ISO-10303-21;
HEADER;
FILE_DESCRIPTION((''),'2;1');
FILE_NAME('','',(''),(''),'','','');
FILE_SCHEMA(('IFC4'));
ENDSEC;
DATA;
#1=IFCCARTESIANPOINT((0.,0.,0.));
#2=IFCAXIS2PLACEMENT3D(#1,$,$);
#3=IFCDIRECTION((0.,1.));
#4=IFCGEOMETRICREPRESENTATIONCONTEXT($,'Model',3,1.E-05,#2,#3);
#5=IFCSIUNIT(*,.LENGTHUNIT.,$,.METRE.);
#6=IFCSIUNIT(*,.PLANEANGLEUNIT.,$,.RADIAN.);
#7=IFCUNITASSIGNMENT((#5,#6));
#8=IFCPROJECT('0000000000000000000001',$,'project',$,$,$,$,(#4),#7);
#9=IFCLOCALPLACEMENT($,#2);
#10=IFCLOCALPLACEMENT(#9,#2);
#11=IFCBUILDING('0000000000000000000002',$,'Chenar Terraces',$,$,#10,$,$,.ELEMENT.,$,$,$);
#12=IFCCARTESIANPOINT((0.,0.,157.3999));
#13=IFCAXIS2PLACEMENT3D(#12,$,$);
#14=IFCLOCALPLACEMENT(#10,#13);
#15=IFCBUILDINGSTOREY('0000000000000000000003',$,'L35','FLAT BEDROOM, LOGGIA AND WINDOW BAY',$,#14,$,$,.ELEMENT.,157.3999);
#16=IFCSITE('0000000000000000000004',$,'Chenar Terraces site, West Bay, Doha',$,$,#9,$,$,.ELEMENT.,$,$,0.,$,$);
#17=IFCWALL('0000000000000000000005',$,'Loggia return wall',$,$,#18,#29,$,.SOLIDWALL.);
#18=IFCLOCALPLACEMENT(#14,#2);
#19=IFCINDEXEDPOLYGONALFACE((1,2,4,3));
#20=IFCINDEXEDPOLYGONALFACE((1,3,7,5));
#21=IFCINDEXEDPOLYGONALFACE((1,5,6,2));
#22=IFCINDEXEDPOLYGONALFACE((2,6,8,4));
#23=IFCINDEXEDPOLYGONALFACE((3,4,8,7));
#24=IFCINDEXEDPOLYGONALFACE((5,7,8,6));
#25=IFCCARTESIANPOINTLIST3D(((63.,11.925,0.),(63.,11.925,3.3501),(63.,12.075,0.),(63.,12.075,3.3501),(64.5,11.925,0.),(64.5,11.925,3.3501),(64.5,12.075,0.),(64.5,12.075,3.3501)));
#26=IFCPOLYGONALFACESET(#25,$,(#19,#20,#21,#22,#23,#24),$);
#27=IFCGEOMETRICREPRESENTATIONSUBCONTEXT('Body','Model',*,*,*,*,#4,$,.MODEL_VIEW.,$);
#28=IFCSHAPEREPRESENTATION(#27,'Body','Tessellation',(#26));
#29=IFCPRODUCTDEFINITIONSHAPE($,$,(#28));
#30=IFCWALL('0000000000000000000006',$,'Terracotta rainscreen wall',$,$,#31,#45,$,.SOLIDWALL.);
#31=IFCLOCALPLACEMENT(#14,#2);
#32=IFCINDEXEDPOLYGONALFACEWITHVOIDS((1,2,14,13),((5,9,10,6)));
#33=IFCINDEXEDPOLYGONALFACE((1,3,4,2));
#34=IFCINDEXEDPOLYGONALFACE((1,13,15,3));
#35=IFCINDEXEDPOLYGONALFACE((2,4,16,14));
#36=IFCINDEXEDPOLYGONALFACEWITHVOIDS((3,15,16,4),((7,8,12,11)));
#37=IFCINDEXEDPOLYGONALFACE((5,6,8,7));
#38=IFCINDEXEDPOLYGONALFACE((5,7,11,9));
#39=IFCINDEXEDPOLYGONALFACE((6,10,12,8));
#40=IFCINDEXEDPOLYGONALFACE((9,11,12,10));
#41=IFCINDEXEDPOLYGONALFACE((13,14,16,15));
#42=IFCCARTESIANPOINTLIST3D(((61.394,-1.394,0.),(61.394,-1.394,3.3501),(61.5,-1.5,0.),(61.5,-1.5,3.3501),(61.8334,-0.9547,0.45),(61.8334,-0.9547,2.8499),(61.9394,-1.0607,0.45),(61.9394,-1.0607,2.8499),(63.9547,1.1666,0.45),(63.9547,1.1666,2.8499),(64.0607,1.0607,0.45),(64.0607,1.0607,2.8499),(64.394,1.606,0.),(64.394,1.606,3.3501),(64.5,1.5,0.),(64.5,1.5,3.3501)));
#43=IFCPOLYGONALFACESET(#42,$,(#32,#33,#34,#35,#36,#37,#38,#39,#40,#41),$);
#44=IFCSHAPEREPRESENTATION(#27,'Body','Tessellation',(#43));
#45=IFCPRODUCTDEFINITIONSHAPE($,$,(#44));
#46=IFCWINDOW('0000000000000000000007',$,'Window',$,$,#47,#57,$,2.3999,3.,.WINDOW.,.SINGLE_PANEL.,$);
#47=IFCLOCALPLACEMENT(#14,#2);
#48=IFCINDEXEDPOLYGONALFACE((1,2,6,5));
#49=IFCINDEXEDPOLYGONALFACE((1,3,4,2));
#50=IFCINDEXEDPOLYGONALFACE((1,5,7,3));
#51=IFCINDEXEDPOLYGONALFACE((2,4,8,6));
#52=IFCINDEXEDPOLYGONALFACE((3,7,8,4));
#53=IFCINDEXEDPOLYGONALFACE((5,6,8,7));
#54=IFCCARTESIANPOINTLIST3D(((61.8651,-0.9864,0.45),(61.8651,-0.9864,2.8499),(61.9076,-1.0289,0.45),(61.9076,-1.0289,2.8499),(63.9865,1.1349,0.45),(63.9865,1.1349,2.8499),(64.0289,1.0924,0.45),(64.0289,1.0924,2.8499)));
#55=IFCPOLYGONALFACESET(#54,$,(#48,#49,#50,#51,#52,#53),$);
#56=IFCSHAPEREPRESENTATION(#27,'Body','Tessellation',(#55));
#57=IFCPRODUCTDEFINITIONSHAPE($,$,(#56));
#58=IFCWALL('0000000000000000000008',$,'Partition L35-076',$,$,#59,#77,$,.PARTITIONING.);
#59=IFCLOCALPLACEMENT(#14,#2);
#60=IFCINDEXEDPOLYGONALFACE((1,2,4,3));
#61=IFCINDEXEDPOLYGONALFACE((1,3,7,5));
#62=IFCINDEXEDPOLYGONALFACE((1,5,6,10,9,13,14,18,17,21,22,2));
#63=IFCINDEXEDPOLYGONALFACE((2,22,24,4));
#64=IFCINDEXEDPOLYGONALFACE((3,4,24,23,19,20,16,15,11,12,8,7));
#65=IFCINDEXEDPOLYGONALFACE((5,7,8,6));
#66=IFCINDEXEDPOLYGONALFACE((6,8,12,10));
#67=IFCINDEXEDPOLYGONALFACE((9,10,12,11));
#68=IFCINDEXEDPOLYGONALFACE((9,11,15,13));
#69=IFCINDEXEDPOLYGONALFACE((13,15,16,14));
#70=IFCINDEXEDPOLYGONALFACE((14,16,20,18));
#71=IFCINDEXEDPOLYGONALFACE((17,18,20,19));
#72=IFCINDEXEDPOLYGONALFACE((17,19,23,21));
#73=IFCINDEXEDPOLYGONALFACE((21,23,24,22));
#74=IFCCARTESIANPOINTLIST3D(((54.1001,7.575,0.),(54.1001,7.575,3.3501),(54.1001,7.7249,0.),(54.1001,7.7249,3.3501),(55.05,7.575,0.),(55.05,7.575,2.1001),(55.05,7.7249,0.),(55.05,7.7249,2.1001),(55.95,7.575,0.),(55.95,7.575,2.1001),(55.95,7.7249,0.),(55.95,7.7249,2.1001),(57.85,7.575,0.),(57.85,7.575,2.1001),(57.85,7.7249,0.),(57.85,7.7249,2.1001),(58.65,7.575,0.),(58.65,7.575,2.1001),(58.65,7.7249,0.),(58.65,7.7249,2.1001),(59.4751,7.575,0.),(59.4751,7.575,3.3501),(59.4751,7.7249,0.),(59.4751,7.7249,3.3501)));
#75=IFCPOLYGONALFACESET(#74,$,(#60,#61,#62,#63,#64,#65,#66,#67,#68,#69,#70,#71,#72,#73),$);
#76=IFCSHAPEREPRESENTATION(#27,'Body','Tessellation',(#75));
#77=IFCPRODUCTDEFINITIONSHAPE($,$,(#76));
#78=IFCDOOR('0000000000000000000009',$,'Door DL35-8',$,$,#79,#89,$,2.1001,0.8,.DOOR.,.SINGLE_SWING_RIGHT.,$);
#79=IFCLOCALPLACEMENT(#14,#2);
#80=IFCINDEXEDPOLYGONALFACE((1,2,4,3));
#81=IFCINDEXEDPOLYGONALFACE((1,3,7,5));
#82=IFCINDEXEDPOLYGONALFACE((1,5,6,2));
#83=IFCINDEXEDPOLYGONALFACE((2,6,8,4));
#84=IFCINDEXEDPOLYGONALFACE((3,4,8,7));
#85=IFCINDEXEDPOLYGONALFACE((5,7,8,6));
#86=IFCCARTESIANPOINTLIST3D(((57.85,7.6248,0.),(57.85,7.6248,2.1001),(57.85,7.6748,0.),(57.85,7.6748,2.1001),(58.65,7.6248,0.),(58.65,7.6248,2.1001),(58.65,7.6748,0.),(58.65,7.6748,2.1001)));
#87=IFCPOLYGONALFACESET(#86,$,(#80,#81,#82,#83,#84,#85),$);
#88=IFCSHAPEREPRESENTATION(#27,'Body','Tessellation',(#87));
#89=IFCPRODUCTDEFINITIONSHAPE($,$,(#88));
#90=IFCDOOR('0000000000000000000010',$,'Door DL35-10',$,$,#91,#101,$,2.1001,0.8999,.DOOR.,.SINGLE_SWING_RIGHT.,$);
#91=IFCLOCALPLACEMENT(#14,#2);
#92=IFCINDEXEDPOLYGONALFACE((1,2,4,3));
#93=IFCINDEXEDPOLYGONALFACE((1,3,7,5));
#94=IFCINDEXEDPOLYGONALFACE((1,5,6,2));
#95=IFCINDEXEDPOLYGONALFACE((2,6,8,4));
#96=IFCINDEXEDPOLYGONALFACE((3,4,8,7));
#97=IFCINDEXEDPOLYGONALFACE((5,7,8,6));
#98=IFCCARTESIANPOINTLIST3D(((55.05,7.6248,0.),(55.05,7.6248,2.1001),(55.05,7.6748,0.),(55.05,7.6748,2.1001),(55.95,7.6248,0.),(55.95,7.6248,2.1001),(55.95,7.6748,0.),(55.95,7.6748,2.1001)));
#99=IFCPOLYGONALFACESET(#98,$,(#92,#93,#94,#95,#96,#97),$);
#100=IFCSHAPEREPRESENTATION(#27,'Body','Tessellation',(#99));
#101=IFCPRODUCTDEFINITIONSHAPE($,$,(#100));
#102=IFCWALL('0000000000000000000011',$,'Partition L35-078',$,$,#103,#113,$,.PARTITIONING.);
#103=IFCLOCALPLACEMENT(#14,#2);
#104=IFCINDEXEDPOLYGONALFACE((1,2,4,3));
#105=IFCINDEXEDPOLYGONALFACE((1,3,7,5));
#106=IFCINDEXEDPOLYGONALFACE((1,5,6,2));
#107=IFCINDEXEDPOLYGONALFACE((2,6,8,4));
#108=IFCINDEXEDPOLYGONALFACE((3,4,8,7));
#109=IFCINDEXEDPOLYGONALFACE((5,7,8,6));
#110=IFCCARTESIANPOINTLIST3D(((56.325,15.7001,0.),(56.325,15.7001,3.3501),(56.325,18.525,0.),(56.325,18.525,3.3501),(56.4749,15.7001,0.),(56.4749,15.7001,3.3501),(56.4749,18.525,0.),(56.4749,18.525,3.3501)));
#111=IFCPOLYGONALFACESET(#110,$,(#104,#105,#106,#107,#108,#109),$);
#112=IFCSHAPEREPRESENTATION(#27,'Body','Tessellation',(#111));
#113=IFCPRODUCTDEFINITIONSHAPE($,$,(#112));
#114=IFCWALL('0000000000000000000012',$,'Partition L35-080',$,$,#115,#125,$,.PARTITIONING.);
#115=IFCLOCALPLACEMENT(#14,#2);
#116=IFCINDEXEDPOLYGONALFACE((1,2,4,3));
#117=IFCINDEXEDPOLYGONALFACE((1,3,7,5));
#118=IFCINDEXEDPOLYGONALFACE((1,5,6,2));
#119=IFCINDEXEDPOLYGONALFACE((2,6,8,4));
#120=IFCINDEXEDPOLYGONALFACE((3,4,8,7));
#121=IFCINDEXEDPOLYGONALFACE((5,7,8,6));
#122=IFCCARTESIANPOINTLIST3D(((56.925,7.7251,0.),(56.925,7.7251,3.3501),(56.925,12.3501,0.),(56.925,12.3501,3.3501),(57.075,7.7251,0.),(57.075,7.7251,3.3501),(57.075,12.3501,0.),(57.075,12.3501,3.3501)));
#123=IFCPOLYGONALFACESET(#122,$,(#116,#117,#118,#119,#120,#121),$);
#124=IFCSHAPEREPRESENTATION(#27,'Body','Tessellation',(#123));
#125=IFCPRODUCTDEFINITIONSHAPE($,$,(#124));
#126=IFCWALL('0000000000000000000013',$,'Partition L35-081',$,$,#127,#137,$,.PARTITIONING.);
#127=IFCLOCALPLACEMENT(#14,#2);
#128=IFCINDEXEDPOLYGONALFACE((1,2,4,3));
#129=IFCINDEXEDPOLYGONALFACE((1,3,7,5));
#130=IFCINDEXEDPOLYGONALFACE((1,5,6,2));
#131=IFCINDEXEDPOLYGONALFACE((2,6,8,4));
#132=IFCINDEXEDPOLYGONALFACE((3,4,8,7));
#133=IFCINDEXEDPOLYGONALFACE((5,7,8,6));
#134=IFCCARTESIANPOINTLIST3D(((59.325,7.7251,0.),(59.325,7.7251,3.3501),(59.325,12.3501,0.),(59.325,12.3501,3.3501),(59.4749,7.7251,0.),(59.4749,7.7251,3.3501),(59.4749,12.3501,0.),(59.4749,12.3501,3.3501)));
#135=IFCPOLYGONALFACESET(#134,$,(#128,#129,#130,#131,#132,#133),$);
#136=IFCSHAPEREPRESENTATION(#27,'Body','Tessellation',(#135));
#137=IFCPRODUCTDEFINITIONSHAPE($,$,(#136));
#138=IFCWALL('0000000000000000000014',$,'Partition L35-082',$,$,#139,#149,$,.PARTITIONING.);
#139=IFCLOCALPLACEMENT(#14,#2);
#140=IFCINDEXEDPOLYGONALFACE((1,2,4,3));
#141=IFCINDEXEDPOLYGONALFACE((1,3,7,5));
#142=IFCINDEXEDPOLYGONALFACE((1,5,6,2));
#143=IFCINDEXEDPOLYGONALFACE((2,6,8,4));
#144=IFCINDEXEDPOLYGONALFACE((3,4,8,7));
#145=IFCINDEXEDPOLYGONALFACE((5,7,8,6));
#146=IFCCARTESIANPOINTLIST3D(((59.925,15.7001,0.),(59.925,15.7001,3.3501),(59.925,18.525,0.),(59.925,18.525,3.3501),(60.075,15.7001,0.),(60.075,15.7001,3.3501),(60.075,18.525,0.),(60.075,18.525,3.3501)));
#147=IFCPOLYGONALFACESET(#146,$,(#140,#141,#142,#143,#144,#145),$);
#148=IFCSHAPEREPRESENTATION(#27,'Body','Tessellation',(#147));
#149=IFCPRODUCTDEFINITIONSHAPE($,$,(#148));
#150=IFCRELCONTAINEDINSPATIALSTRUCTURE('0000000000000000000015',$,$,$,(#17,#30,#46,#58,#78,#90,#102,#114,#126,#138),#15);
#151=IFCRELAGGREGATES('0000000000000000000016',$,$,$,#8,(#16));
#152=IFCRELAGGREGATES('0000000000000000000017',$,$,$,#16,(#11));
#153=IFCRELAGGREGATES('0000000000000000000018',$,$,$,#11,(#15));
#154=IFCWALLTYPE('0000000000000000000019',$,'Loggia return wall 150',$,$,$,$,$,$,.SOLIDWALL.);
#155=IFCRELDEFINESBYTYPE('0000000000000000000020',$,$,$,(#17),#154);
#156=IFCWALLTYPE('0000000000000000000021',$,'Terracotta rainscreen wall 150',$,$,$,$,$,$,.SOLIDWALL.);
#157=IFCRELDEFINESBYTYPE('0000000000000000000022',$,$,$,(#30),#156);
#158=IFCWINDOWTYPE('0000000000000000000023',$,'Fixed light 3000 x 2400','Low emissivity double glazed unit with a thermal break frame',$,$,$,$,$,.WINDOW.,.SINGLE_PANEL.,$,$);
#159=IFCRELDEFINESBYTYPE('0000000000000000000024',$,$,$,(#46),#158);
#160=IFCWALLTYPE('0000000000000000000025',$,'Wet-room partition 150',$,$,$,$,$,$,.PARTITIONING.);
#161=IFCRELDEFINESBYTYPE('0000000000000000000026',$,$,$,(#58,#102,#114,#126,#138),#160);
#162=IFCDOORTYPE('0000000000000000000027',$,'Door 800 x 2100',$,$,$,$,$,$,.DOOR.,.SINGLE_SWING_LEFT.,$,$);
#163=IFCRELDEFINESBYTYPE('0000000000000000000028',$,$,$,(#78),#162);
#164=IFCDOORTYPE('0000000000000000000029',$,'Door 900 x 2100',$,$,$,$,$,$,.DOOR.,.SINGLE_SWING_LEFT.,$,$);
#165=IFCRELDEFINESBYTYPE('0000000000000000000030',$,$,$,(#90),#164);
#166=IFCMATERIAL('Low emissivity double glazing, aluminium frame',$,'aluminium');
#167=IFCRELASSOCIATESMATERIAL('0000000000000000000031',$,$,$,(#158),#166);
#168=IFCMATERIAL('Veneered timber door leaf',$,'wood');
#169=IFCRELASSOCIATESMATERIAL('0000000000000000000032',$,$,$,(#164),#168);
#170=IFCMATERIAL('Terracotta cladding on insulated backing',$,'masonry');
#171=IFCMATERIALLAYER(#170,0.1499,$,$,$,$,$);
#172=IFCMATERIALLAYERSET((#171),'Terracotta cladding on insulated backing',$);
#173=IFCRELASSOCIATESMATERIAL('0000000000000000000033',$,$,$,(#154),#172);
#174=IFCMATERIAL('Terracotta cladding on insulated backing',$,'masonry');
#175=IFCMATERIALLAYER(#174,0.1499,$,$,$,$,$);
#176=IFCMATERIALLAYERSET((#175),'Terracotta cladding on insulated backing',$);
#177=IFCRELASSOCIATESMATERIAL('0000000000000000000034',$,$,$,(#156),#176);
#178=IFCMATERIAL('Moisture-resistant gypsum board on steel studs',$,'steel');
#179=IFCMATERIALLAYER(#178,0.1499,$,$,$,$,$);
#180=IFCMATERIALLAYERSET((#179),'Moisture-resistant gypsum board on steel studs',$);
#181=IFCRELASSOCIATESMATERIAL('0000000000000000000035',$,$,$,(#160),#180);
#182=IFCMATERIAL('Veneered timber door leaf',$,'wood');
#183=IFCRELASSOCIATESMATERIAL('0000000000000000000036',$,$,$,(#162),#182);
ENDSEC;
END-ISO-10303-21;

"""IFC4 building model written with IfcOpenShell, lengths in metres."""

from ifc_helpers import new_model, si_unit, direction, frame, frame_2d, origin, place, context, subcontext, project, spatial, rectangle, extrude, material, layer, layer_set, type_object, element, fill, save


model = new_model("IFC4")

# Units and contexts
model_context = context("Model", 3, precision=1e-05, world=origin(), true_north=direction((0.0, 1.0)))
body_context = subcontext(model_context, "Body", "Model", "MODEL_VIEW")
ifc_project = project(units=[si_unit("LENGTHUNIT", "METRE"), si_unit("PLANEANGLEUNIT", "RADIAN")], contexts=[model_context])

# Site, building, storey
site_placement = place(None, origin())
site = spatial("IfcSite", under=ifc_project, at=site_placement, Name="Chenar Terraces site, West Bay, Doha", CompositionType="ELEMENT", RefElevation=0.0)
building_placement = place(site_placement, origin())
building = spatial("IfcBuilding", under=site, at=building_placement, Name="Chenar Terraces", CompositionType="ELEMENT")
storey_placement = place(building_placement, frame((0.0, 0.0, 157.3999)))
storey = spatial("IfcBuildingStorey", under=building, at=storey_placement, Name="L35", Description="FLAT BEDROOM, LOGGIA AND WINDOW BAY", CompositionType="ELEMENT", Elevation=157.3999)

# Shared definitions
ifc_material_1 = material(Name="Low emissivity double glazing, aluminium frame", Category="aluminium")
window_type_1 = type_object("IfcWindowType", Name="Fixed light 3000 x 2400", Description="Low emissivity double glazed unit with a thermal break frame", PartitioningType="SINGLE_PANEL", PredefinedType="WINDOW", material=ifc_material_1)

# Shared definitions
ifc_material_2 = material(Name="Veneered timber door leaf", Category="wood")
door_type_1 = type_object("IfcDoorType", Name="Door 900 x 2100", OperationType="SINGLE_SWING_LEFT", PredefinedType="DOOR", material=ifc_material_2)

# Wall
ifc_material_3 = material(Name="Terracotta cladding on insulated backing", Category="masonry")
ifc_layer_1 = layer(ifc_material_3, 0.1499)
ifc_layer_set_1 = layer_set([ifc_layer_1], Name="Terracotta cladding on insulated backing")
wall_type_1 = type_object("IfcWallType", Name="Loggia return wall 150", PredefinedType="SOLIDWALL", material=ifc_layer_set_1)
for number, where, z_axis, x_axis, name in (
    (1, (64.5, 12.0, 0.0), (0.0, 0.0, 1.0), (-1.0, 0.0, 0.0), "Loggia return wall"),
):
    element("IfcWall", number, at=place(storey_placement, frame(where, z_axis=z_axis, x_axis=x_axis)), inside=storey, type_object=wall_type_1, Name=name, PredefinedType="SOLIDWALL", context=body_context, shape_type="SweptSolid", body=[
        extrude(rectangle(XDim=1.5, YDim=0.1499, at=frame_2d((0.75, 0.0))), origin(), (0.0, 0.0, 1.0), 3.3501),
    ])

# Wall, opening, window
ifc_material_4 = material(Name="Terracotta cladding on insulated backing", Category="masonry")
ifc_layer_2 = layer(ifc_material_4, 0.1499)
ifc_layer_set_2 = layer_set([ifc_layer_2], Name="Terracotta cladding on insulated backing")
wall_type_2 = type_object("IfcWallType", Name="Terracotta rainscreen wall 150", PredefinedType="SOLIDWALL", material=ifc_layer_set_2)
wall_1_placement = place(storey_placement, frame((61.447, -1.447, 0.0), z_axis=(0.0, 0.0, 1.0), x_axis=(0.707107, 0.707107, 0.0)))
wall_1 = element("IfcWall", 2, at=wall_1_placement, inside=storey, type_object=wall_type_2, Name="Terracotta rainscreen wall", PredefinedType="SOLIDWALL", context=body_context, shape_type="SweptSolid", body=[
    extrude(rectangle(XDim=4.2427, YDim=0.1499, at=frame_2d((2.1213, 0.0))), origin(), (0.0, 0.0, 1.0), 3.3501),
])
opening_1_placement = place(wall_1_placement, frame((0.6213, 0.0, 0.45)))
opening_1 = element("IfcOpeningElement", 3, at=opening_1_placement, cuts=wall_1, PredefinedType="OPENING", context=body_context, shape_type="SweptSolid", body=[
    extrude(rectangle(XDim=3.0, YDim=2.3999, at=frame_2d((1.5, 1.2))), frame((0.0, 0.085, 0.0), z_axis=(0.0, -1.0, 0.0), x_axis=(1.0, 0.0, 0.0)), (0.0, 0.0, 1.0), 0.1699),
])
window_1_placement = place(opening_1_placement, origin())
window_1 = element("IfcWindow", 4, at=window_1_placement, inside=storey, type_object=window_type_1, Name="Window", OverallHeight=2.3999, OverallWidth=3.0, PartitioningType="SINGLE_PANEL", PredefinedType="WINDOW", context=body_context, shape_type="SweptSolid", body=[
    extrude(rectangle(XDim=3.0, YDim=2.3999, at=frame_2d((1.5, 1.2))), frame((0.0, 0.03, 0.0), z_axis=(0.0, -1.0, 0.0), x_axis=(1.0, 0.0, 0.0)), (0.0, 0.0, 1.0), 0.0601),
])
fill(opening_1, window_1)

# Wall, openings, doors
ifc_material_5 = material(Name="Moisture-resistant gypsum board on steel studs", Category="steel")
ifc_layer_3 = layer(ifc_material_5, 0.1499)
ifc_layer_set_3 = layer_set([ifc_layer_3], Name="Moisture-resistant gypsum board on steel studs")
wall_type_3 = type_object("IfcWallType", Name="Wet-room partition 150", PredefinedType="PARTITIONING", material=ifc_layer_set_3)
wall_2_placement = place(storey_placement, frame((54.1001, 7.6499, 0.0), z_axis=(0.0, 0.0, 1.0), x_axis=(1.0, 0.0, 0.0)))
wall_2 = element("IfcWall", 5, at=wall_2_placement, inside=storey, type_object=wall_type_3, Name="Partition L35-076", PredefinedType="PARTITIONING", context=body_context, shape_type="SweptSolid", body=[
    extrude(rectangle(XDim=5.375, YDim=0.1499, at=frame_2d((2.6875, 0.0))), origin(), (0.0, 0.0, 1.0), 3.3501),
])
opening_2_placement = place(wall_2_placement, frame((3.75, 0.0, 0.0)))
opening_2 = element("IfcOpeningElement", 6, at=opening_2_placement, cuts=wall_2, PredefinedType="OPENING", context=body_context, shape_type="SweptSolid", body=[
    extrude(rectangle(XDim=0.8, YDim=2.1001, at=frame_2d((0.3999, 1.05))), frame((0.0, 0.085, 0.0), z_axis=(0.0, -1.0, 0.0), x_axis=(1.0, 0.0, 0.0)), (0.0, 0.0, 1.0), 0.1699),
])
opening_3_placement = place(wall_2_placement, frame((0.95, 0.0, 0.0)))
opening_3 = element("IfcOpeningElement", 7, at=opening_3_placement, cuts=wall_2, PredefinedType="OPENING", context=body_context, shape_type="SweptSolid", body=[
    extrude(rectangle(XDim=0.8999, YDim=2.1001, at=frame_2d((0.45, 1.05))), frame((0.0, 0.085, 0.0), z_axis=(0.0, -1.0, 0.0), x_axis=(1.0, 0.0, 0.0)), (0.0, 0.0, 1.0), 0.1699),
])
ifc_material_6 = material(Name="Veneered timber door leaf", Category="wood")
door_type_2 = type_object("IfcDoorType", Name="Door 800 x 2100", OperationType="SINGLE_SWING_LEFT", PredefinedType="DOOR", material=ifc_material_6)
door_1_placement = place(opening_2_placement, origin())
door_1 = element("IfcDoor", 8, at=door_1_placement, inside=storey, type_object=door_type_2, Name="Door DL35-8", OperationType="SINGLE_SWING_RIGHT", OverallHeight=2.1001, OverallWidth=0.8, PredefinedType="DOOR", context=body_context, shape_type="SweptSolid", body=[
    extrude(rectangle(XDim=0.8, YDim=2.1001, at=frame_2d((0.3999, 1.05))), frame((0.0, 0.0249, 0.0), z_axis=(0.0, -1.0, 0.0), x_axis=(1.0, 0.0, 0.0)), (0.0, 0.0, 1.0), 0.05),
])
fill(opening_2, door_1)
door_2_placement = place(opening_3_placement, origin())
door_2 = element("IfcDoor", 9, at=door_2_placement, inside=storey, type_object=door_type_1, Name="Door DL35-10", OperationType="SINGLE_SWING_RIGHT", OverallHeight=2.1001, OverallWidth=0.8999, PredefinedType="DOOR", context=body_context, shape_type="SweptSolid", body=[
    extrude(rectangle(XDim=0.8999, YDim=2.1001, at=frame_2d((0.45, 1.05))), frame((0.0, 0.0249, 0.0), z_axis=(0.0, -1.0, 0.0), x_axis=(1.0, 0.0, 0.0)), (0.0, 0.0, 1.0), 0.05),
])
fill(opening_3, door_2)

# Walls
wall_3_placement = place(storey_placement, frame((56.3999, 15.7, 0.0), z_axis=(0.0, 0.0, 1.0), x_axis=(0.0, 1.0, 0.0)))
element("IfcWall", 10, at=wall_3_placement, inside=storey, type_object=wall_type_3, Name="Partition L35-078", PredefinedType="PARTITIONING", context=body_context, shape_type="SweptSolid", body=[
    extrude(rectangle(XDim=2.825, YDim=0.1499, at=frame_2d((1.4126, 0.0))), origin(), (0.0, 0.0, 1.0), 3.3501),
])
for number, where, z_axis, x_axis, name in (
    (11, (57.0, 7.7251, 0.0), (0.0, 0.0, 1.0), (0.0, 1.0, 0.0), "Partition L35-080"),
    (12, (59.3999, 7.7251, 0.0), (0.0, 0.0, 1.0), (0.0, 1.0, 0.0), "Partition L35-081"),
):
    element("IfcWall", number, at=place(storey_placement, frame(where, z_axis=z_axis, x_axis=x_axis)), inside=storey, type_object=wall_type_3, Name=name, PredefinedType="PARTITIONING", context=body_context, shape_type="SweptSolid", body=[
        extrude(rectangle(XDim=4.625, YDim=0.1499, at=frame_2d((2.3125, 0.0))), origin(), (0.0, 0.0, 1.0), 3.3501),
    ])
wall_4_placement = place(storey_placement, frame((60.0, 15.7, 0.0), z_axis=(0.0, 0.0, 1.0), x_axis=(0.0, 1.0, 0.0)))
element("IfcWall", 13, at=wall_4_placement, inside=storey, type_object=wall_type_3, Name="Partition L35-082", PredefinedType="PARTITIONING", context=body_context, shape_type="SweptSolid", body=[
    extrude(rectangle(XDim=2.825, YDim=0.1499, at=frame_2d((1.4126, 0.0))), origin(), (0.0, 0.0, 1.0), 3.3501),
])

save(model, "model.ifc")
